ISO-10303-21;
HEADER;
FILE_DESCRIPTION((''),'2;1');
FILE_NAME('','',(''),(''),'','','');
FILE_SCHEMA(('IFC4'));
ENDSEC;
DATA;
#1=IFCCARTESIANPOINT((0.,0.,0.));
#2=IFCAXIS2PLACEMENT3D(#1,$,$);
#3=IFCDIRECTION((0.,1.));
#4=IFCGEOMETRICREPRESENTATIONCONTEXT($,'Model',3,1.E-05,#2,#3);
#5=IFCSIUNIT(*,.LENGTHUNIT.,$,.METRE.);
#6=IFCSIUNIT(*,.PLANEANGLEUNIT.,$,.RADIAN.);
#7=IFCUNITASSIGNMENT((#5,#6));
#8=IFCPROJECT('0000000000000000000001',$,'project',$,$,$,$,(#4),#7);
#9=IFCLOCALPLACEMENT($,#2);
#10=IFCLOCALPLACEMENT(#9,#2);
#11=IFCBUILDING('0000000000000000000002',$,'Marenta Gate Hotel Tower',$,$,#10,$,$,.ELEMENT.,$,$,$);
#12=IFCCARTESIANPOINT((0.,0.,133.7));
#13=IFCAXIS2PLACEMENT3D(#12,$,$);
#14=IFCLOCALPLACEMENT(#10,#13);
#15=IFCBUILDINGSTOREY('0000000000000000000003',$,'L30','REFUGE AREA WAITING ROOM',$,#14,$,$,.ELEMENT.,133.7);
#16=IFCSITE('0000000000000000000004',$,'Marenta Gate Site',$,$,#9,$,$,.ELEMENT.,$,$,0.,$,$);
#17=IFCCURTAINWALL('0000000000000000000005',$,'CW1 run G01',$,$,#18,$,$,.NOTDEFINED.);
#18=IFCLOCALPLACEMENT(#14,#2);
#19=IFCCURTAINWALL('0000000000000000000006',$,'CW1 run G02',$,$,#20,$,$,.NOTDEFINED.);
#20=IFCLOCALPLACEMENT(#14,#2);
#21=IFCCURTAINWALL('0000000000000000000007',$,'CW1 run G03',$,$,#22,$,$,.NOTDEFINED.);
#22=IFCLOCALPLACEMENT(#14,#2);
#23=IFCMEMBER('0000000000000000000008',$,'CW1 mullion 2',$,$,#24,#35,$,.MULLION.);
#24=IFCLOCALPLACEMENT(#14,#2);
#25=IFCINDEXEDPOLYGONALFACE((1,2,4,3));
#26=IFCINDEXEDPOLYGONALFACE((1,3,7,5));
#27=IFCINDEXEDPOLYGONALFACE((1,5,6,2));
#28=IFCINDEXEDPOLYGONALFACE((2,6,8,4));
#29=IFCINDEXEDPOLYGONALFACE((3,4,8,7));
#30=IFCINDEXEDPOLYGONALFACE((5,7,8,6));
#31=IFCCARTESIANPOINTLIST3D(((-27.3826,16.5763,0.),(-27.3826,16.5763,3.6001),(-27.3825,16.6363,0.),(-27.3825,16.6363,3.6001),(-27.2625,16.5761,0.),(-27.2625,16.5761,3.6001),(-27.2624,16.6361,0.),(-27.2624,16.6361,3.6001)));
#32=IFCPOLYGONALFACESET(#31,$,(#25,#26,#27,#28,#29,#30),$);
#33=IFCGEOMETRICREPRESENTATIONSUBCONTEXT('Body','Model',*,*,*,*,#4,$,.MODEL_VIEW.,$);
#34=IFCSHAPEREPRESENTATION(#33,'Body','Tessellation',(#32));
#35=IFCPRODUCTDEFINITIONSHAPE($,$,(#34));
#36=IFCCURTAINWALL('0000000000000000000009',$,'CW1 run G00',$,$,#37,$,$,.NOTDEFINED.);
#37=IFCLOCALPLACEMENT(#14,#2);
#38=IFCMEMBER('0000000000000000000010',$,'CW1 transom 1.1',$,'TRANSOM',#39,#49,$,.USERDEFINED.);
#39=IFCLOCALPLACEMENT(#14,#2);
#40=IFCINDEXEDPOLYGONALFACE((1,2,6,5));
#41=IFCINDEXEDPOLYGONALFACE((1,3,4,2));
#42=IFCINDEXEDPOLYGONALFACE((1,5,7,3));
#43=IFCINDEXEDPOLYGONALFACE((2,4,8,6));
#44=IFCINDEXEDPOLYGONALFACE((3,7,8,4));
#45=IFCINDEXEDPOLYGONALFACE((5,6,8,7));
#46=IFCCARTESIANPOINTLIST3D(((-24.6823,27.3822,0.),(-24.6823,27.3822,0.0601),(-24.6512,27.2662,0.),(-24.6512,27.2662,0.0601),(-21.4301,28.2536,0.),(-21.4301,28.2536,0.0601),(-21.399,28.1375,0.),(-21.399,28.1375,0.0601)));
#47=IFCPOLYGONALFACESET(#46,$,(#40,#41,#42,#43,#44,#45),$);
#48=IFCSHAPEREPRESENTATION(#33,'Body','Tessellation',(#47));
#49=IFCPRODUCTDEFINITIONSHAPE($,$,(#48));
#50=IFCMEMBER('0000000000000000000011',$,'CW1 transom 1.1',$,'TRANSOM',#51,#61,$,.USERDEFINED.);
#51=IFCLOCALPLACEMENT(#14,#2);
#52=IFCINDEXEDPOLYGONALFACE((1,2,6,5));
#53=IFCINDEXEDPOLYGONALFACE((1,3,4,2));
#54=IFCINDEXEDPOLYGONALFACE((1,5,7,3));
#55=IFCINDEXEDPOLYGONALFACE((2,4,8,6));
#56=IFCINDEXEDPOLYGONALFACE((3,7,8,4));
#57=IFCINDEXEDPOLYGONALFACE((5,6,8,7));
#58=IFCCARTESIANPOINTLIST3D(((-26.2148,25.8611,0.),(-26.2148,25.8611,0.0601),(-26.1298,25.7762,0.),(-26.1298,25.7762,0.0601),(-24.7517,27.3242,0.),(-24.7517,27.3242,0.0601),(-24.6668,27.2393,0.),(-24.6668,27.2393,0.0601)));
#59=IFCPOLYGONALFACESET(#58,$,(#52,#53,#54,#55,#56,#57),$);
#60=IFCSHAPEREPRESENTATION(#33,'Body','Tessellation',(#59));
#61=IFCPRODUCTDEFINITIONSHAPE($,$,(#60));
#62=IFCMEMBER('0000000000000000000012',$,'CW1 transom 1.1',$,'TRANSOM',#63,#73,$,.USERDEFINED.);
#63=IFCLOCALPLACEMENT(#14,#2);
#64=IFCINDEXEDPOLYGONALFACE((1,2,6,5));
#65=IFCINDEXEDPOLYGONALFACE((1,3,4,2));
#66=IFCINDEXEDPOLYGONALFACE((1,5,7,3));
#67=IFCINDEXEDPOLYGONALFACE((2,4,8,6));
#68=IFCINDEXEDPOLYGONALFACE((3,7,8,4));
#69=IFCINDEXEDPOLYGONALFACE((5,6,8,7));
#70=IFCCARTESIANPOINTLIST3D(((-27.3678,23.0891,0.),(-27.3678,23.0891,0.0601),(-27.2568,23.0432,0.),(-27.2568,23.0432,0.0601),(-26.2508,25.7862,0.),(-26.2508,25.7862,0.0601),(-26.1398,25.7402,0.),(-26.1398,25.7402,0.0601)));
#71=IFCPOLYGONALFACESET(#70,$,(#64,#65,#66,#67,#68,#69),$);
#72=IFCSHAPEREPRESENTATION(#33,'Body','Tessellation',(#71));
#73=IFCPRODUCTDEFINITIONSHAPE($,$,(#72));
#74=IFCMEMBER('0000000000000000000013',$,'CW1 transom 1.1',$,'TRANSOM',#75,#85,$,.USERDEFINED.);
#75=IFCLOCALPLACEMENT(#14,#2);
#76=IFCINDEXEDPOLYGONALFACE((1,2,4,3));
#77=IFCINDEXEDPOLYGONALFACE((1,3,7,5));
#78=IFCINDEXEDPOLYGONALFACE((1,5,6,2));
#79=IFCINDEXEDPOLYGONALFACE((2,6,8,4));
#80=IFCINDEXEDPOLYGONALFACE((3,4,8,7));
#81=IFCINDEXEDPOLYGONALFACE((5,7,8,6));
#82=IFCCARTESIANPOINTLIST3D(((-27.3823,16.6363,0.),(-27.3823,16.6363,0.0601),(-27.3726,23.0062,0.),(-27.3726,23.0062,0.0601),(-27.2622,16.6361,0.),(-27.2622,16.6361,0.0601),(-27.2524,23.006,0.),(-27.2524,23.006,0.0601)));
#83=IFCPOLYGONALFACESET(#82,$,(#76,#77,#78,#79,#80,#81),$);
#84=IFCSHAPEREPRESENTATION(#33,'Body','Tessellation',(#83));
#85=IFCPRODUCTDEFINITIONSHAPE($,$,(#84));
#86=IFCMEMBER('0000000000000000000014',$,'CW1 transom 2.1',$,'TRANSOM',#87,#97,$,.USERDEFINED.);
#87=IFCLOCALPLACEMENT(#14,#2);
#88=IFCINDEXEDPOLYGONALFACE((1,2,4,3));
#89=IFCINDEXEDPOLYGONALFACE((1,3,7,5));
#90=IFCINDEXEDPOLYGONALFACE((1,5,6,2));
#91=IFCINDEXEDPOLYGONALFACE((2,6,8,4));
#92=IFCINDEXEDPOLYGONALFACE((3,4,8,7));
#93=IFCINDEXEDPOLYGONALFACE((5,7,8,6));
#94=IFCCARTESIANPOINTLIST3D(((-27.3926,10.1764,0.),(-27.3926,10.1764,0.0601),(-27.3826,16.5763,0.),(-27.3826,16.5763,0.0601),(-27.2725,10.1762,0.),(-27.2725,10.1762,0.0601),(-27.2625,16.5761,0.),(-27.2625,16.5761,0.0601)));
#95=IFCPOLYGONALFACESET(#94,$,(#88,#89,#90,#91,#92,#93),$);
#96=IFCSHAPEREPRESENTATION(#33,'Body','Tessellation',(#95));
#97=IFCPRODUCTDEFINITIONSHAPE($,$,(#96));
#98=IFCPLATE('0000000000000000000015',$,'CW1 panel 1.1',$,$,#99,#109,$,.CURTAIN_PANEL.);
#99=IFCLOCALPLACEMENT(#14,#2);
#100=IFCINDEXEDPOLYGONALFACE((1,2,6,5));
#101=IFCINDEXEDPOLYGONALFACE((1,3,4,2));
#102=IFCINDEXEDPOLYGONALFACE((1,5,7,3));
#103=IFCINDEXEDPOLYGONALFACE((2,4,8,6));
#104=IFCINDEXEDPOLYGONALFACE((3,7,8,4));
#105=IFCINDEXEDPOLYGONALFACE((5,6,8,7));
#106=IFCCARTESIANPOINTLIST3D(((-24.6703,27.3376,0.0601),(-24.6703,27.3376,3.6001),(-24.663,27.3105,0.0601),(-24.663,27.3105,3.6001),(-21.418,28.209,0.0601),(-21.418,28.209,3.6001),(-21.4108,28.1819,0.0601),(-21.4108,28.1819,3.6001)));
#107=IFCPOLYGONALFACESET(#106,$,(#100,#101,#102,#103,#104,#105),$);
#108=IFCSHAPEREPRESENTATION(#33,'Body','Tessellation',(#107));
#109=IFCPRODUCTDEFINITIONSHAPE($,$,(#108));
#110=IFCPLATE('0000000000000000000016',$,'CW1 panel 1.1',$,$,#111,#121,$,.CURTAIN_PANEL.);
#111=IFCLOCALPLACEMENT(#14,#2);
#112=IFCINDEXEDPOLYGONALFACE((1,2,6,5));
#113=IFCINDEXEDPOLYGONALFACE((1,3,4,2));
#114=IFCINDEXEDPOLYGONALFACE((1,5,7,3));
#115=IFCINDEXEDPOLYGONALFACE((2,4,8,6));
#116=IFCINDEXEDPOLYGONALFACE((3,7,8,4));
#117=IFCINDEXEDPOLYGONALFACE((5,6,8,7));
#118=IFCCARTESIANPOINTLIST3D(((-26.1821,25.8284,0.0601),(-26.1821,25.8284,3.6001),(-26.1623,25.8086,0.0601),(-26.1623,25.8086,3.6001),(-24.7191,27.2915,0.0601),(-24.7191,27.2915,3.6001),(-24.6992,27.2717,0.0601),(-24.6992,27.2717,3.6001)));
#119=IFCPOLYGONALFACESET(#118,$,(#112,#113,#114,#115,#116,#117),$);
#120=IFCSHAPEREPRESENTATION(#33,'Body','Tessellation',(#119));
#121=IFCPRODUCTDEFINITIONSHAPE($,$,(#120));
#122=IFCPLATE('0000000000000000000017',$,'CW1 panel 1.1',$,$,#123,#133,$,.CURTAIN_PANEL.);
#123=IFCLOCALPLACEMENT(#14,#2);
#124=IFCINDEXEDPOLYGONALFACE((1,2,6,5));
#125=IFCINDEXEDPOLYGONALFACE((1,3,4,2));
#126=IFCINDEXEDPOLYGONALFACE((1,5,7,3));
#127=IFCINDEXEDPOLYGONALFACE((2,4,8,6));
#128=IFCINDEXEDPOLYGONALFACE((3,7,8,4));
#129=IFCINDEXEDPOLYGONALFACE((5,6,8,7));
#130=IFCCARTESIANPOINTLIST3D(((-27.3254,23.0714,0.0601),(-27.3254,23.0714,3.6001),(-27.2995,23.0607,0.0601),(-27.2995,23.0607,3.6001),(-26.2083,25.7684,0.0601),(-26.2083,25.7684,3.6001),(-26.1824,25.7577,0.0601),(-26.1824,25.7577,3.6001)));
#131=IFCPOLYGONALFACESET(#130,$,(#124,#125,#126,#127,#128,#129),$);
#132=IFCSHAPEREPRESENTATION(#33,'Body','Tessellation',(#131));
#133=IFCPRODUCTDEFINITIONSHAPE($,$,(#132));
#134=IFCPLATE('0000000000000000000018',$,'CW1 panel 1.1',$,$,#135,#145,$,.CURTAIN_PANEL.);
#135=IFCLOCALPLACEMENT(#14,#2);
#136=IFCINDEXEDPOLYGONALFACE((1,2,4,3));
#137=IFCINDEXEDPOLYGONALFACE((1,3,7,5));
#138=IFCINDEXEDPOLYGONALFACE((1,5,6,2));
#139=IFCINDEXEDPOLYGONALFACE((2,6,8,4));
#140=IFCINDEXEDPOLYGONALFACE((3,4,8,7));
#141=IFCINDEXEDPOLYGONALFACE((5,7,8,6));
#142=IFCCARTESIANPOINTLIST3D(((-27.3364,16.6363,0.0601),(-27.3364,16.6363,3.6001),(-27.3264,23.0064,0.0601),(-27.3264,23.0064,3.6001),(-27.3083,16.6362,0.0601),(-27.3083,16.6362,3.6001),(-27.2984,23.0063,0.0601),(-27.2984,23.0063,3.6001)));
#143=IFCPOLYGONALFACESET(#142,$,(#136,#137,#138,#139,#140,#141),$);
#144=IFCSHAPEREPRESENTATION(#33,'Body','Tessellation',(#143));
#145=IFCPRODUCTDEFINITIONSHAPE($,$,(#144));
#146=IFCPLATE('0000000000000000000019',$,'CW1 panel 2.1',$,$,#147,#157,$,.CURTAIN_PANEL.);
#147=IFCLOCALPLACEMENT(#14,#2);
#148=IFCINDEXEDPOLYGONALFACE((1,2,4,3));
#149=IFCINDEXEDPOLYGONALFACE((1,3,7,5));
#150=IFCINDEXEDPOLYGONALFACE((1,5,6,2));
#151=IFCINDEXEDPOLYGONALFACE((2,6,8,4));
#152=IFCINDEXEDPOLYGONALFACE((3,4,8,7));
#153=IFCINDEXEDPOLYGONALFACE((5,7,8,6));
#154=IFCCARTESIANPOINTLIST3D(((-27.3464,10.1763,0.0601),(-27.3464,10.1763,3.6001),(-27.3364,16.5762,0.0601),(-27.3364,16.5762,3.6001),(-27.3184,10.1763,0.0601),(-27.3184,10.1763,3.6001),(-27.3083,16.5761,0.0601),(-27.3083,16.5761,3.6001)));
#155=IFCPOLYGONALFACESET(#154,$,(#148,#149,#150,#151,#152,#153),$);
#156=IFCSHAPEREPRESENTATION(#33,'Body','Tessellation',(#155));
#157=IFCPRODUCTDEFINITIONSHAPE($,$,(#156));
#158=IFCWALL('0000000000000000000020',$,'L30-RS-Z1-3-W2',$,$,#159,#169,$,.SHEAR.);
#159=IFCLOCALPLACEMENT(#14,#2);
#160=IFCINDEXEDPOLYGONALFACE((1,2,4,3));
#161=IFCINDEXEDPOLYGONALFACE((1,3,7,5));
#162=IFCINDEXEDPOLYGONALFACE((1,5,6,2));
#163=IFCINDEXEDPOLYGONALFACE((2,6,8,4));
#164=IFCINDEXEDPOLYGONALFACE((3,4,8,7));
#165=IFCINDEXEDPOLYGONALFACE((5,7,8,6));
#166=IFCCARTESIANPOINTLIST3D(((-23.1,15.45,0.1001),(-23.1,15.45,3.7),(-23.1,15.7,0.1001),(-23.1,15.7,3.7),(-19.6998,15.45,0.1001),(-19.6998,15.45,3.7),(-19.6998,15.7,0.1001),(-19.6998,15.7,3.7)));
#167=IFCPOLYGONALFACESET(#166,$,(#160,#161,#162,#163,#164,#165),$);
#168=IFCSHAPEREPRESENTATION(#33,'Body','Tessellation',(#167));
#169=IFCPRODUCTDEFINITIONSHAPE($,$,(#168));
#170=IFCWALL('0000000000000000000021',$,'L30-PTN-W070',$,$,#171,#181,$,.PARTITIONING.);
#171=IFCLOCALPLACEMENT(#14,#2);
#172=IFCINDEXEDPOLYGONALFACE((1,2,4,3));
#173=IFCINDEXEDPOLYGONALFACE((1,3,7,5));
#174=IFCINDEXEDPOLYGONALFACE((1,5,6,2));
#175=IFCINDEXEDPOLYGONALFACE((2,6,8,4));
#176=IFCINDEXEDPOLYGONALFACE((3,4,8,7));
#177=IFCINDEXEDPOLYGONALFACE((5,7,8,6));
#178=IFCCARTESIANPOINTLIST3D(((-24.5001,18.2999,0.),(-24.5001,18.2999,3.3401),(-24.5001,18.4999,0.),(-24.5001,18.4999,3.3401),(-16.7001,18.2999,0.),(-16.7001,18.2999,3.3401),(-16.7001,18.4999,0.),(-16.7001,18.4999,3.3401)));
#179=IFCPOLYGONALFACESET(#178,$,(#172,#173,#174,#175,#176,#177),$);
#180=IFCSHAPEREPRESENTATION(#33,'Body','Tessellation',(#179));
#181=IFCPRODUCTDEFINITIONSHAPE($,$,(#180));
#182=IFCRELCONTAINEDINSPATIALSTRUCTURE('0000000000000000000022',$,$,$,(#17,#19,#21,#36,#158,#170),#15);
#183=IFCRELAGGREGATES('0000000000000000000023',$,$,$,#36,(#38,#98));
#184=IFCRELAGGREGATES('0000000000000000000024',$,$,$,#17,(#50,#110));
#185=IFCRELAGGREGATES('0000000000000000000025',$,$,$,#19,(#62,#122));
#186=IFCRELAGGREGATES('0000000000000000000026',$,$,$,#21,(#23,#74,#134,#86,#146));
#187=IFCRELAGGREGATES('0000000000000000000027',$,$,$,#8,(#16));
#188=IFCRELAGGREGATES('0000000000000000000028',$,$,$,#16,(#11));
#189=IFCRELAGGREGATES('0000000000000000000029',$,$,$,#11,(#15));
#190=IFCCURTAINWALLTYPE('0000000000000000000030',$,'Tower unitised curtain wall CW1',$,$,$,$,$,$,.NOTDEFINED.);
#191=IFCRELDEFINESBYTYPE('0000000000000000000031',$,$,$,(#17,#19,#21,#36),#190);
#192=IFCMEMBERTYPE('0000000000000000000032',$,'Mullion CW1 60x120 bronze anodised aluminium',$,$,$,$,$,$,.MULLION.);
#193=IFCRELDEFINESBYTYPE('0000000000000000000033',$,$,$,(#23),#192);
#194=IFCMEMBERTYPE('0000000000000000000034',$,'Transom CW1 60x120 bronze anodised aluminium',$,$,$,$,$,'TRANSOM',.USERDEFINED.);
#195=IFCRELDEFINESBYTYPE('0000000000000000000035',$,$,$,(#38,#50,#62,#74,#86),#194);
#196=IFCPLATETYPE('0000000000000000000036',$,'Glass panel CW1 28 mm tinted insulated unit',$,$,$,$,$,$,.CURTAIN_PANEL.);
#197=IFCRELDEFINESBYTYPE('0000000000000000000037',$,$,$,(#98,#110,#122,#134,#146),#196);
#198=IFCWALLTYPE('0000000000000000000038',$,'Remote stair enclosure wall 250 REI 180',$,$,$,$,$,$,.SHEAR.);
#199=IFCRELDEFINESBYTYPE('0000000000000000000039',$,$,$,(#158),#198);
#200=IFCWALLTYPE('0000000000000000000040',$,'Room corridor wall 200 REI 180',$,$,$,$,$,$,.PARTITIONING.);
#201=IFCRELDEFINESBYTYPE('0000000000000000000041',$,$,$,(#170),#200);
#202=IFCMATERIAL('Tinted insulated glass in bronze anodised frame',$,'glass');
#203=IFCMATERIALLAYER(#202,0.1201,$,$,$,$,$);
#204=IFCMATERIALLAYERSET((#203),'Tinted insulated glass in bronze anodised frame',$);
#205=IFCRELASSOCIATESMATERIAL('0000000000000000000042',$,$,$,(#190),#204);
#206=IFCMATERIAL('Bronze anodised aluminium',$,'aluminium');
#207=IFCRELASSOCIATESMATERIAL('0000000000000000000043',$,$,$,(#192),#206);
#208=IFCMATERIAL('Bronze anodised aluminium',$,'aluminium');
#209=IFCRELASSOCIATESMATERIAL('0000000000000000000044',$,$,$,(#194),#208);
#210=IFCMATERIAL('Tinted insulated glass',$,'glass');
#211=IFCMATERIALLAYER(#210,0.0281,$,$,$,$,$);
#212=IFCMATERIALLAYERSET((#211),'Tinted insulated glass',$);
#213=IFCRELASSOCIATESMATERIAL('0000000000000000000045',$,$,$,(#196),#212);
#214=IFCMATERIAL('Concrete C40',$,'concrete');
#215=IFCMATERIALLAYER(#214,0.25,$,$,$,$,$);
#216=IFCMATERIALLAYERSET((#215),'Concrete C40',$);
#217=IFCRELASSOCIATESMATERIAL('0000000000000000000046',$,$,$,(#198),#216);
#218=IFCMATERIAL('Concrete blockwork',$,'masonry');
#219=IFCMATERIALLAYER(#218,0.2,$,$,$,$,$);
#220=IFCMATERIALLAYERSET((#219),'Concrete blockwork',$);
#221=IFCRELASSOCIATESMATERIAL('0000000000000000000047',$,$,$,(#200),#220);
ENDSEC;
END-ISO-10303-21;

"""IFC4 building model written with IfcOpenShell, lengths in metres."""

from ifc_helpers import new_model, si_unit, direction, frame, frame_2d, origin, origin_2d, place, context, subcontext, project, spatial, rectangle, extrude, material, layer, layer_set, material_profile, profile_set, type_object, element, aggregate, save


model = new_model("IFC4")

# Units and contexts
model_context = context("Model", 3, precision=1e-05, world=origin(), true_north=direction((0.0, 1.0)))
body_context = subcontext(model_context, "Body", "Model", "MODEL_VIEW")
ifc_project = project(units=[si_unit("LENGTHUNIT", "METRE"), si_unit("PLANEANGLEUNIT", "RADIAN")], contexts=[model_context])

# Site, building, storey
site_placement = place(None, origin())
site = spatial("IfcSite", under=ifc_project, at=site_placement, Name="Marenta Gate Site", CompositionType="ELEMENT", RefElevation=0.0)
building_placement = place(site_placement, origin())
building = spatial("IfcBuilding", under=site, at=building_placement, Name="Marenta Gate Hotel Tower", CompositionType="ELEMENT")
storey_placement = place(building_placement, frame((0.0, 0.0, 133.7)))
storey = spatial("IfcBuildingStorey", under=building, at=storey_placement, Name="L30", Description="REFUGE AREA WAITING ROOM", CompositionType="ELEMENT", Elevation=133.7)

# Curtain walls
ifc_material_1 = material(Name="Tinted insulated glass in bronze anodised frame", Category="glass")
ifc_layer_1 = layer(ifc_material_1, 0.1201)
ifc_layer_set_1 = layer_set([ifc_layer_1], Name="Tinted insulated glass in bronze anodised frame")
curtain_wall_type = type_object("IfcCurtainWallType", Name="Tower unitised curtain wall CW1", PredefinedType="NOTDEFINED", material=ifc_layer_set_1)
curtain_wall_1_placement = place(storey_placement, origin())
curtain_wall_1 = element("IfcCurtainWall", 1, at=curtain_wall_1_placement, inside=storey, type_object=curtain_wall_type, Name="CW1 run G01", PredefinedType="NOTDEFINED")
ifc_material_2 = material(Name="Bronze anodised aluminium", Category="aluminium")
ifc_material_profile_1 = material_profile(ifc_material_2, rectangle(XDim=0.1201, YDim=0.0601, at=origin_2d()), Name="Mullion CW1 60x120 bronze anodised aluminium")
ifc_profile_set_1 = profile_set([ifc_material_profile_1], Name="Bronze anodised aluminium")
member_type_1 = type_object("IfcMemberType", Name="Mullion CW1 60x120 bronze anodised aluminium", PredefinedType="MULLION", material=ifc_profile_set_1)
curtain_wall_2_placement = place(storey_placement, origin())
curtain_wall_2 = element("IfcCurtainWall", 2, at=curtain_wall_2_placement, inside=storey, type_object=curtain_wall_type, Name="CW1 run G02", PredefinedType="NOTDEFINED")

# Curtain wall, member
curtain_wall_3_placement = place(storey_placement, origin())
curtain_wall_3 = element("IfcCurtainWall", 3, at=curtain_wall_3_placement, inside=storey, type_object=curtain_wall_type, Name="CW1 run G03", PredefinedType="NOTDEFINED")
member_1_placement = place(storey_placement, frame((-27.3225, 16.6062, 0.0), z_axis=(0.0, 0.0, 1.0), x_axis=(0.999999, -0.001566, 0.0)))
member_1 = element("IfcMember", 4, at=member_1_placement, type_object=member_type_1, Name="CW1 mullion 2", PredefinedType="MULLION", context=body_context, shape_type="SweptSolid", body=[
    extrude(rectangle(XDim=0.1201, YDim=0.0601, at=origin_2d()), origin(), (0.0, 0.0, 1.0), 3.6001),
])

# Curtain wall, member
curtain_wall_4_placement = place(storey_placement, origin())
curtain_wall_4 = element("IfcCurtainWall", 5, at=curtain_wall_4_placement, inside=storey, type_object=curtain_wall_type, Name="CW1 run G00", PredefinedType="NOTDEFINED")
ifc_material_3 = material(Name="Bronze anodised aluminium", Category="aluminium")
ifc_material_profile_2 = material_profile(ifc_material_3, rectangle(XDim=0.1201, YDim=0.0601, at=origin_2d()), Name="Transom CW1 60x120 bronze anodised aluminium")
ifc_profile_set_2 = profile_set([ifc_material_profile_2], Name="Bronze anodised aluminium")
member_type_2 = type_object("IfcMemberType", Name="Transom CW1 60x120 bronze anodised aluminium", ElementType="TRANSOM", PredefinedType="USERDEFINED", material=ifc_profile_set_2)
member_2_placement = place(storey_placement, frame((-21.4146, 28.1956, 0.03), z_axis=(-0.965932, -0.258795, 0.0), x_axis=(0.258795, -0.965932, 0.0)))
member_2 = element("IfcMember", 6, at=member_2_placement, type_object=member_type_2, Name="CW1 transom 1.1", ObjectType="TRANSOM", PredefinedType="USERDEFINED", context=body_context, shape_type="SweptSolid", body=[
    extrude(rectangle(XDim=0.1201, YDim=0.0601, at=origin_2d()), origin(), (0.0, 0.0, 1.0), 3.3669),
])

# Members
member_3_placement = place(storey_placement, frame((-24.7092, 27.2817, 0.03), z_axis=(-0.707107, -0.707107, 0.0), x_axis=(0.707107, -0.707107, 0.0)))
member_3 = element("IfcMember", 7, at=member_3_placement, type_object=member_type_2, Name="CW1 transom 1.1", ObjectType="TRANSOM", PredefinedType="USERDEFINED", context=body_context, shape_type="SweptSolid", body=[
    extrude(rectangle(XDim=0.1201, YDim=0.0601, at=origin_2d()), origin(), (0.0, 0.0, 1.0), 2.0691),
])
member_4_placement = place(storey_placement, frame((-26.1953, 25.7632, 0.03), z_axis=(-0.382625, -0.923904, 0.0), x_axis=(0.923904, -0.382625, 0.0)))
member_4 = element("IfcMember", 8, at=member_4_placement, type_object=member_type_2, Name="CW1 transom 1.1", ObjectType="TRANSOM", PredefinedType="USERDEFINED", context=body_context, shape_type="SweptSolid", body=[
    extrude(rectangle(XDim=0.1201, YDim=0.0601, at=origin_2d()), origin(), (0.0, 0.0, 1.0), 2.9192),
])
member_5_placement = place(storey_placement, frame((-27.3125, 23.0061, 0.03), z_axis=(-0.001533, -0.999999, 0.0), x_axis=(0.999999, -0.001533, 0.0)))
member_5 = element("IfcMember", 9, at=member_5_placement, type_object=member_type_2, Name="CW1 transom 1.1", ObjectType="TRANSOM", PredefinedType="USERDEFINED", context=body_context, shape_type="SweptSolid", body=[
    extrude(rectangle(XDim=0.1201, YDim=0.0601, at=origin_2d()), origin(), (0.0, 0.0, 1.0), 6.3699),
])
member_6_placement = place(storey_placement, frame((-27.3225, 16.5762, 0.03), z_axis=(-0.001564, -0.999999, 0.0), x_axis=(0.999999, -0.001564, 0.0)))
member_6 = element("IfcMember", 10, at=member_6_placement, type_object=member_type_2, Name="CW1 transom 2.1", ObjectType="TRANSOM", PredefinedType="USERDEFINED", context=body_context, shape_type="SweptSolid", body=[
    extrude(rectangle(XDim=0.1201, YDim=0.0601, at=origin_2d()), origin(), (0.0, 0.0, 1.0), 6.3999),
])

# Plates
ifc_material_4 = material(Name="Tinted insulated glass", Category="glass")
ifc_layer_2 = layer(ifc_material_4, 0.0281)
ifc_layer_set_2 = layer_set([ifc_layer_2], Name="Tinted insulated glass")
plate_type = type_object("IfcPlateType", Name="Glass panel CW1 28 mm tinted insulated unit", PredefinedType="CURTAIN_PANEL", material=ifc_layer_set_2)
plate_1_placement = place(storey_placement, frame((-23.0405, 27.7598, 0.0601), z_axis=(0.0, 0.0, 1.0), x_axis=(-0.965931, -0.258801, 0.0)))
plate_1 = element("IfcPlate", 11, at=plate_1_placement, type_object=plate_type, Name="CW1 panel 1.1", PredefinedType="CURTAIN_PANEL", context=body_context, shape_type="SweptSolid", body=[
    extrude(rectangle(XDim=3.3669, YDim=0.0281, at=origin_2d()), origin(), (0.0, 0.0, 1.0), 3.54),
])
aggregate(curtain_wall_4, [member_2, plate_1])
plate_2_placement = place(storey_placement, frame((-25.4407, 26.55, 0.0601), z_axis=(0.0, 0.0, 1.0), x_axis=(-0.707107, -0.707107, 0.0)))
plate_2 = element("IfcPlate", 12, at=plate_2_placement, type_object=plate_type, Name="CW1 panel 1.1", PredefinedType="CURTAIN_PANEL", context=body_context, shape_type="SweptSolid", body=[
    extrude(rectangle(XDim=2.0691, YDim=0.0281, at=origin_2d()), origin(), (0.0, 0.0, 1.0), 3.54),
])
aggregate(curtain_wall_1, [member_3, plate_2])
plate_3_placement = place(storey_placement, frame((-26.7539, 24.4146, 0.0601), z_axis=(0.0, 0.0, 1.0), x_axis=(-0.382672, -0.923884, 0.0)))
plate_3 = element("IfcPlate", 13, at=plate_3_placement, type_object=plate_type, Name="CW1 panel 1.1", PredefinedType="CURTAIN_PANEL", context=body_context, shape_type="SweptSolid", body=[
    extrude(rectangle(XDim=2.9192, YDim=0.0281, at=origin_2d()), origin(), (0.0, 0.0, 1.0), 3.54),
])
aggregate(curtain_wall_2, [member_4, plate_3])
plate_4_placement = place(storey_placement, frame((-27.3174, 19.8213, 0.0601), z_axis=(0.0, 0.0, 1.0), x_axis=(-0.001566, -0.999999, 0.0)))
plate_4 = element("IfcPlate", 14, at=plate_4_placement, type_object=plate_type, Name="CW1 panel 1.1", PredefinedType="CURTAIN_PANEL", context=body_context, shape_type="SweptSolid", body=[
    extrude(rectangle(XDim=6.3701, YDim=0.0281, at=origin_2d()), origin(), (0.0, 0.0, 1.0), 3.54),
])
plate_5_placement = place(storey_placement, frame((-27.3274, 13.3762, 0.0601), z_axis=(0.0, 0.0, 1.0), x_axis=(-0.001566, -0.999999, 0.0)))
plate_5 = element("IfcPlate", 15, at=plate_5_placement, type_object=plate_type, Name="CW1 panel 2.1", PredefinedType="CURTAIN_PANEL", context=body_context, shape_type="SweptSolid", body=[
    extrude(rectangle(XDim=6.3999, YDim=0.0281, at=origin_2d()), origin(), (0.0, 0.0, 1.0), 3.54),
])
aggregate(curtain_wall_3, [member_1, member_5, plate_4, member_6, plate_5])

# Walls
ifc_material_5 = material(Name="Concrete C40", Category="concrete")
ifc_layer_3 = layer(ifc_material_5, 0.25)
ifc_layer_set_3 = layer_set([ifc_layer_3], Name="Concrete C40")
wall_type_1 = type_object("IfcWallType", Name="Remote stair enclosure wall 250 REI 180", PredefinedType="SHEAR", material=ifc_layer_set_3)
wall_1_placement = place(storey_placement, frame((-23.1001, 15.575, 0.1001), z_axis=(0.0, 0.0, 1.0), x_axis=(1.0, 0.0, 0.0)))
element("IfcWall", 16, at=wall_1_placement, inside=storey, type_object=wall_type_1, Name="L30-RS-Z1-3-W2", PredefinedType="SHEAR", context=body_context, shape_type="SweptSolid", body=[
    extrude(rectangle(XDim=3.4001, YDim=0.25, at=frame_2d((1.7002, 0.0))), origin(), (0.0, 0.0, 1.0), 3.5999),
])
ifc_material_6 = material(Name="Concrete blockwork", Category="masonry")
ifc_layer_4 = layer(ifc_material_6, 0.2)
ifc_layer_set_4 = layer_set([ifc_layer_4], Name="Concrete blockwork")
wall_type_2 = type_object("IfcWallType", Name="Room corridor wall 200 REI 180", PredefinedType="PARTITIONING", material=ifc_layer_set_4)
wall_2_placement = place(storey_placement, frame((-24.5, 18.3999, 0.0), z_axis=(0.0, 0.0, 1.0), x_axis=(1.0, 0.0, 0.0)))
element("IfcWall", 17, at=wall_2_placement, inside=storey, type_object=wall_type_2, Name="L30-PTN-W070", PredefinedType="PARTITIONING", context=body_context, shape_type="SweptSolid", body=[
    extrude(rectangle(XDim=7.8, YDim=0.2, at=frame_2d((3.8999, 0.0))), origin(), (0.0, 0.0, 1.0), 3.3401),
])

save(model, "model.ifc")
